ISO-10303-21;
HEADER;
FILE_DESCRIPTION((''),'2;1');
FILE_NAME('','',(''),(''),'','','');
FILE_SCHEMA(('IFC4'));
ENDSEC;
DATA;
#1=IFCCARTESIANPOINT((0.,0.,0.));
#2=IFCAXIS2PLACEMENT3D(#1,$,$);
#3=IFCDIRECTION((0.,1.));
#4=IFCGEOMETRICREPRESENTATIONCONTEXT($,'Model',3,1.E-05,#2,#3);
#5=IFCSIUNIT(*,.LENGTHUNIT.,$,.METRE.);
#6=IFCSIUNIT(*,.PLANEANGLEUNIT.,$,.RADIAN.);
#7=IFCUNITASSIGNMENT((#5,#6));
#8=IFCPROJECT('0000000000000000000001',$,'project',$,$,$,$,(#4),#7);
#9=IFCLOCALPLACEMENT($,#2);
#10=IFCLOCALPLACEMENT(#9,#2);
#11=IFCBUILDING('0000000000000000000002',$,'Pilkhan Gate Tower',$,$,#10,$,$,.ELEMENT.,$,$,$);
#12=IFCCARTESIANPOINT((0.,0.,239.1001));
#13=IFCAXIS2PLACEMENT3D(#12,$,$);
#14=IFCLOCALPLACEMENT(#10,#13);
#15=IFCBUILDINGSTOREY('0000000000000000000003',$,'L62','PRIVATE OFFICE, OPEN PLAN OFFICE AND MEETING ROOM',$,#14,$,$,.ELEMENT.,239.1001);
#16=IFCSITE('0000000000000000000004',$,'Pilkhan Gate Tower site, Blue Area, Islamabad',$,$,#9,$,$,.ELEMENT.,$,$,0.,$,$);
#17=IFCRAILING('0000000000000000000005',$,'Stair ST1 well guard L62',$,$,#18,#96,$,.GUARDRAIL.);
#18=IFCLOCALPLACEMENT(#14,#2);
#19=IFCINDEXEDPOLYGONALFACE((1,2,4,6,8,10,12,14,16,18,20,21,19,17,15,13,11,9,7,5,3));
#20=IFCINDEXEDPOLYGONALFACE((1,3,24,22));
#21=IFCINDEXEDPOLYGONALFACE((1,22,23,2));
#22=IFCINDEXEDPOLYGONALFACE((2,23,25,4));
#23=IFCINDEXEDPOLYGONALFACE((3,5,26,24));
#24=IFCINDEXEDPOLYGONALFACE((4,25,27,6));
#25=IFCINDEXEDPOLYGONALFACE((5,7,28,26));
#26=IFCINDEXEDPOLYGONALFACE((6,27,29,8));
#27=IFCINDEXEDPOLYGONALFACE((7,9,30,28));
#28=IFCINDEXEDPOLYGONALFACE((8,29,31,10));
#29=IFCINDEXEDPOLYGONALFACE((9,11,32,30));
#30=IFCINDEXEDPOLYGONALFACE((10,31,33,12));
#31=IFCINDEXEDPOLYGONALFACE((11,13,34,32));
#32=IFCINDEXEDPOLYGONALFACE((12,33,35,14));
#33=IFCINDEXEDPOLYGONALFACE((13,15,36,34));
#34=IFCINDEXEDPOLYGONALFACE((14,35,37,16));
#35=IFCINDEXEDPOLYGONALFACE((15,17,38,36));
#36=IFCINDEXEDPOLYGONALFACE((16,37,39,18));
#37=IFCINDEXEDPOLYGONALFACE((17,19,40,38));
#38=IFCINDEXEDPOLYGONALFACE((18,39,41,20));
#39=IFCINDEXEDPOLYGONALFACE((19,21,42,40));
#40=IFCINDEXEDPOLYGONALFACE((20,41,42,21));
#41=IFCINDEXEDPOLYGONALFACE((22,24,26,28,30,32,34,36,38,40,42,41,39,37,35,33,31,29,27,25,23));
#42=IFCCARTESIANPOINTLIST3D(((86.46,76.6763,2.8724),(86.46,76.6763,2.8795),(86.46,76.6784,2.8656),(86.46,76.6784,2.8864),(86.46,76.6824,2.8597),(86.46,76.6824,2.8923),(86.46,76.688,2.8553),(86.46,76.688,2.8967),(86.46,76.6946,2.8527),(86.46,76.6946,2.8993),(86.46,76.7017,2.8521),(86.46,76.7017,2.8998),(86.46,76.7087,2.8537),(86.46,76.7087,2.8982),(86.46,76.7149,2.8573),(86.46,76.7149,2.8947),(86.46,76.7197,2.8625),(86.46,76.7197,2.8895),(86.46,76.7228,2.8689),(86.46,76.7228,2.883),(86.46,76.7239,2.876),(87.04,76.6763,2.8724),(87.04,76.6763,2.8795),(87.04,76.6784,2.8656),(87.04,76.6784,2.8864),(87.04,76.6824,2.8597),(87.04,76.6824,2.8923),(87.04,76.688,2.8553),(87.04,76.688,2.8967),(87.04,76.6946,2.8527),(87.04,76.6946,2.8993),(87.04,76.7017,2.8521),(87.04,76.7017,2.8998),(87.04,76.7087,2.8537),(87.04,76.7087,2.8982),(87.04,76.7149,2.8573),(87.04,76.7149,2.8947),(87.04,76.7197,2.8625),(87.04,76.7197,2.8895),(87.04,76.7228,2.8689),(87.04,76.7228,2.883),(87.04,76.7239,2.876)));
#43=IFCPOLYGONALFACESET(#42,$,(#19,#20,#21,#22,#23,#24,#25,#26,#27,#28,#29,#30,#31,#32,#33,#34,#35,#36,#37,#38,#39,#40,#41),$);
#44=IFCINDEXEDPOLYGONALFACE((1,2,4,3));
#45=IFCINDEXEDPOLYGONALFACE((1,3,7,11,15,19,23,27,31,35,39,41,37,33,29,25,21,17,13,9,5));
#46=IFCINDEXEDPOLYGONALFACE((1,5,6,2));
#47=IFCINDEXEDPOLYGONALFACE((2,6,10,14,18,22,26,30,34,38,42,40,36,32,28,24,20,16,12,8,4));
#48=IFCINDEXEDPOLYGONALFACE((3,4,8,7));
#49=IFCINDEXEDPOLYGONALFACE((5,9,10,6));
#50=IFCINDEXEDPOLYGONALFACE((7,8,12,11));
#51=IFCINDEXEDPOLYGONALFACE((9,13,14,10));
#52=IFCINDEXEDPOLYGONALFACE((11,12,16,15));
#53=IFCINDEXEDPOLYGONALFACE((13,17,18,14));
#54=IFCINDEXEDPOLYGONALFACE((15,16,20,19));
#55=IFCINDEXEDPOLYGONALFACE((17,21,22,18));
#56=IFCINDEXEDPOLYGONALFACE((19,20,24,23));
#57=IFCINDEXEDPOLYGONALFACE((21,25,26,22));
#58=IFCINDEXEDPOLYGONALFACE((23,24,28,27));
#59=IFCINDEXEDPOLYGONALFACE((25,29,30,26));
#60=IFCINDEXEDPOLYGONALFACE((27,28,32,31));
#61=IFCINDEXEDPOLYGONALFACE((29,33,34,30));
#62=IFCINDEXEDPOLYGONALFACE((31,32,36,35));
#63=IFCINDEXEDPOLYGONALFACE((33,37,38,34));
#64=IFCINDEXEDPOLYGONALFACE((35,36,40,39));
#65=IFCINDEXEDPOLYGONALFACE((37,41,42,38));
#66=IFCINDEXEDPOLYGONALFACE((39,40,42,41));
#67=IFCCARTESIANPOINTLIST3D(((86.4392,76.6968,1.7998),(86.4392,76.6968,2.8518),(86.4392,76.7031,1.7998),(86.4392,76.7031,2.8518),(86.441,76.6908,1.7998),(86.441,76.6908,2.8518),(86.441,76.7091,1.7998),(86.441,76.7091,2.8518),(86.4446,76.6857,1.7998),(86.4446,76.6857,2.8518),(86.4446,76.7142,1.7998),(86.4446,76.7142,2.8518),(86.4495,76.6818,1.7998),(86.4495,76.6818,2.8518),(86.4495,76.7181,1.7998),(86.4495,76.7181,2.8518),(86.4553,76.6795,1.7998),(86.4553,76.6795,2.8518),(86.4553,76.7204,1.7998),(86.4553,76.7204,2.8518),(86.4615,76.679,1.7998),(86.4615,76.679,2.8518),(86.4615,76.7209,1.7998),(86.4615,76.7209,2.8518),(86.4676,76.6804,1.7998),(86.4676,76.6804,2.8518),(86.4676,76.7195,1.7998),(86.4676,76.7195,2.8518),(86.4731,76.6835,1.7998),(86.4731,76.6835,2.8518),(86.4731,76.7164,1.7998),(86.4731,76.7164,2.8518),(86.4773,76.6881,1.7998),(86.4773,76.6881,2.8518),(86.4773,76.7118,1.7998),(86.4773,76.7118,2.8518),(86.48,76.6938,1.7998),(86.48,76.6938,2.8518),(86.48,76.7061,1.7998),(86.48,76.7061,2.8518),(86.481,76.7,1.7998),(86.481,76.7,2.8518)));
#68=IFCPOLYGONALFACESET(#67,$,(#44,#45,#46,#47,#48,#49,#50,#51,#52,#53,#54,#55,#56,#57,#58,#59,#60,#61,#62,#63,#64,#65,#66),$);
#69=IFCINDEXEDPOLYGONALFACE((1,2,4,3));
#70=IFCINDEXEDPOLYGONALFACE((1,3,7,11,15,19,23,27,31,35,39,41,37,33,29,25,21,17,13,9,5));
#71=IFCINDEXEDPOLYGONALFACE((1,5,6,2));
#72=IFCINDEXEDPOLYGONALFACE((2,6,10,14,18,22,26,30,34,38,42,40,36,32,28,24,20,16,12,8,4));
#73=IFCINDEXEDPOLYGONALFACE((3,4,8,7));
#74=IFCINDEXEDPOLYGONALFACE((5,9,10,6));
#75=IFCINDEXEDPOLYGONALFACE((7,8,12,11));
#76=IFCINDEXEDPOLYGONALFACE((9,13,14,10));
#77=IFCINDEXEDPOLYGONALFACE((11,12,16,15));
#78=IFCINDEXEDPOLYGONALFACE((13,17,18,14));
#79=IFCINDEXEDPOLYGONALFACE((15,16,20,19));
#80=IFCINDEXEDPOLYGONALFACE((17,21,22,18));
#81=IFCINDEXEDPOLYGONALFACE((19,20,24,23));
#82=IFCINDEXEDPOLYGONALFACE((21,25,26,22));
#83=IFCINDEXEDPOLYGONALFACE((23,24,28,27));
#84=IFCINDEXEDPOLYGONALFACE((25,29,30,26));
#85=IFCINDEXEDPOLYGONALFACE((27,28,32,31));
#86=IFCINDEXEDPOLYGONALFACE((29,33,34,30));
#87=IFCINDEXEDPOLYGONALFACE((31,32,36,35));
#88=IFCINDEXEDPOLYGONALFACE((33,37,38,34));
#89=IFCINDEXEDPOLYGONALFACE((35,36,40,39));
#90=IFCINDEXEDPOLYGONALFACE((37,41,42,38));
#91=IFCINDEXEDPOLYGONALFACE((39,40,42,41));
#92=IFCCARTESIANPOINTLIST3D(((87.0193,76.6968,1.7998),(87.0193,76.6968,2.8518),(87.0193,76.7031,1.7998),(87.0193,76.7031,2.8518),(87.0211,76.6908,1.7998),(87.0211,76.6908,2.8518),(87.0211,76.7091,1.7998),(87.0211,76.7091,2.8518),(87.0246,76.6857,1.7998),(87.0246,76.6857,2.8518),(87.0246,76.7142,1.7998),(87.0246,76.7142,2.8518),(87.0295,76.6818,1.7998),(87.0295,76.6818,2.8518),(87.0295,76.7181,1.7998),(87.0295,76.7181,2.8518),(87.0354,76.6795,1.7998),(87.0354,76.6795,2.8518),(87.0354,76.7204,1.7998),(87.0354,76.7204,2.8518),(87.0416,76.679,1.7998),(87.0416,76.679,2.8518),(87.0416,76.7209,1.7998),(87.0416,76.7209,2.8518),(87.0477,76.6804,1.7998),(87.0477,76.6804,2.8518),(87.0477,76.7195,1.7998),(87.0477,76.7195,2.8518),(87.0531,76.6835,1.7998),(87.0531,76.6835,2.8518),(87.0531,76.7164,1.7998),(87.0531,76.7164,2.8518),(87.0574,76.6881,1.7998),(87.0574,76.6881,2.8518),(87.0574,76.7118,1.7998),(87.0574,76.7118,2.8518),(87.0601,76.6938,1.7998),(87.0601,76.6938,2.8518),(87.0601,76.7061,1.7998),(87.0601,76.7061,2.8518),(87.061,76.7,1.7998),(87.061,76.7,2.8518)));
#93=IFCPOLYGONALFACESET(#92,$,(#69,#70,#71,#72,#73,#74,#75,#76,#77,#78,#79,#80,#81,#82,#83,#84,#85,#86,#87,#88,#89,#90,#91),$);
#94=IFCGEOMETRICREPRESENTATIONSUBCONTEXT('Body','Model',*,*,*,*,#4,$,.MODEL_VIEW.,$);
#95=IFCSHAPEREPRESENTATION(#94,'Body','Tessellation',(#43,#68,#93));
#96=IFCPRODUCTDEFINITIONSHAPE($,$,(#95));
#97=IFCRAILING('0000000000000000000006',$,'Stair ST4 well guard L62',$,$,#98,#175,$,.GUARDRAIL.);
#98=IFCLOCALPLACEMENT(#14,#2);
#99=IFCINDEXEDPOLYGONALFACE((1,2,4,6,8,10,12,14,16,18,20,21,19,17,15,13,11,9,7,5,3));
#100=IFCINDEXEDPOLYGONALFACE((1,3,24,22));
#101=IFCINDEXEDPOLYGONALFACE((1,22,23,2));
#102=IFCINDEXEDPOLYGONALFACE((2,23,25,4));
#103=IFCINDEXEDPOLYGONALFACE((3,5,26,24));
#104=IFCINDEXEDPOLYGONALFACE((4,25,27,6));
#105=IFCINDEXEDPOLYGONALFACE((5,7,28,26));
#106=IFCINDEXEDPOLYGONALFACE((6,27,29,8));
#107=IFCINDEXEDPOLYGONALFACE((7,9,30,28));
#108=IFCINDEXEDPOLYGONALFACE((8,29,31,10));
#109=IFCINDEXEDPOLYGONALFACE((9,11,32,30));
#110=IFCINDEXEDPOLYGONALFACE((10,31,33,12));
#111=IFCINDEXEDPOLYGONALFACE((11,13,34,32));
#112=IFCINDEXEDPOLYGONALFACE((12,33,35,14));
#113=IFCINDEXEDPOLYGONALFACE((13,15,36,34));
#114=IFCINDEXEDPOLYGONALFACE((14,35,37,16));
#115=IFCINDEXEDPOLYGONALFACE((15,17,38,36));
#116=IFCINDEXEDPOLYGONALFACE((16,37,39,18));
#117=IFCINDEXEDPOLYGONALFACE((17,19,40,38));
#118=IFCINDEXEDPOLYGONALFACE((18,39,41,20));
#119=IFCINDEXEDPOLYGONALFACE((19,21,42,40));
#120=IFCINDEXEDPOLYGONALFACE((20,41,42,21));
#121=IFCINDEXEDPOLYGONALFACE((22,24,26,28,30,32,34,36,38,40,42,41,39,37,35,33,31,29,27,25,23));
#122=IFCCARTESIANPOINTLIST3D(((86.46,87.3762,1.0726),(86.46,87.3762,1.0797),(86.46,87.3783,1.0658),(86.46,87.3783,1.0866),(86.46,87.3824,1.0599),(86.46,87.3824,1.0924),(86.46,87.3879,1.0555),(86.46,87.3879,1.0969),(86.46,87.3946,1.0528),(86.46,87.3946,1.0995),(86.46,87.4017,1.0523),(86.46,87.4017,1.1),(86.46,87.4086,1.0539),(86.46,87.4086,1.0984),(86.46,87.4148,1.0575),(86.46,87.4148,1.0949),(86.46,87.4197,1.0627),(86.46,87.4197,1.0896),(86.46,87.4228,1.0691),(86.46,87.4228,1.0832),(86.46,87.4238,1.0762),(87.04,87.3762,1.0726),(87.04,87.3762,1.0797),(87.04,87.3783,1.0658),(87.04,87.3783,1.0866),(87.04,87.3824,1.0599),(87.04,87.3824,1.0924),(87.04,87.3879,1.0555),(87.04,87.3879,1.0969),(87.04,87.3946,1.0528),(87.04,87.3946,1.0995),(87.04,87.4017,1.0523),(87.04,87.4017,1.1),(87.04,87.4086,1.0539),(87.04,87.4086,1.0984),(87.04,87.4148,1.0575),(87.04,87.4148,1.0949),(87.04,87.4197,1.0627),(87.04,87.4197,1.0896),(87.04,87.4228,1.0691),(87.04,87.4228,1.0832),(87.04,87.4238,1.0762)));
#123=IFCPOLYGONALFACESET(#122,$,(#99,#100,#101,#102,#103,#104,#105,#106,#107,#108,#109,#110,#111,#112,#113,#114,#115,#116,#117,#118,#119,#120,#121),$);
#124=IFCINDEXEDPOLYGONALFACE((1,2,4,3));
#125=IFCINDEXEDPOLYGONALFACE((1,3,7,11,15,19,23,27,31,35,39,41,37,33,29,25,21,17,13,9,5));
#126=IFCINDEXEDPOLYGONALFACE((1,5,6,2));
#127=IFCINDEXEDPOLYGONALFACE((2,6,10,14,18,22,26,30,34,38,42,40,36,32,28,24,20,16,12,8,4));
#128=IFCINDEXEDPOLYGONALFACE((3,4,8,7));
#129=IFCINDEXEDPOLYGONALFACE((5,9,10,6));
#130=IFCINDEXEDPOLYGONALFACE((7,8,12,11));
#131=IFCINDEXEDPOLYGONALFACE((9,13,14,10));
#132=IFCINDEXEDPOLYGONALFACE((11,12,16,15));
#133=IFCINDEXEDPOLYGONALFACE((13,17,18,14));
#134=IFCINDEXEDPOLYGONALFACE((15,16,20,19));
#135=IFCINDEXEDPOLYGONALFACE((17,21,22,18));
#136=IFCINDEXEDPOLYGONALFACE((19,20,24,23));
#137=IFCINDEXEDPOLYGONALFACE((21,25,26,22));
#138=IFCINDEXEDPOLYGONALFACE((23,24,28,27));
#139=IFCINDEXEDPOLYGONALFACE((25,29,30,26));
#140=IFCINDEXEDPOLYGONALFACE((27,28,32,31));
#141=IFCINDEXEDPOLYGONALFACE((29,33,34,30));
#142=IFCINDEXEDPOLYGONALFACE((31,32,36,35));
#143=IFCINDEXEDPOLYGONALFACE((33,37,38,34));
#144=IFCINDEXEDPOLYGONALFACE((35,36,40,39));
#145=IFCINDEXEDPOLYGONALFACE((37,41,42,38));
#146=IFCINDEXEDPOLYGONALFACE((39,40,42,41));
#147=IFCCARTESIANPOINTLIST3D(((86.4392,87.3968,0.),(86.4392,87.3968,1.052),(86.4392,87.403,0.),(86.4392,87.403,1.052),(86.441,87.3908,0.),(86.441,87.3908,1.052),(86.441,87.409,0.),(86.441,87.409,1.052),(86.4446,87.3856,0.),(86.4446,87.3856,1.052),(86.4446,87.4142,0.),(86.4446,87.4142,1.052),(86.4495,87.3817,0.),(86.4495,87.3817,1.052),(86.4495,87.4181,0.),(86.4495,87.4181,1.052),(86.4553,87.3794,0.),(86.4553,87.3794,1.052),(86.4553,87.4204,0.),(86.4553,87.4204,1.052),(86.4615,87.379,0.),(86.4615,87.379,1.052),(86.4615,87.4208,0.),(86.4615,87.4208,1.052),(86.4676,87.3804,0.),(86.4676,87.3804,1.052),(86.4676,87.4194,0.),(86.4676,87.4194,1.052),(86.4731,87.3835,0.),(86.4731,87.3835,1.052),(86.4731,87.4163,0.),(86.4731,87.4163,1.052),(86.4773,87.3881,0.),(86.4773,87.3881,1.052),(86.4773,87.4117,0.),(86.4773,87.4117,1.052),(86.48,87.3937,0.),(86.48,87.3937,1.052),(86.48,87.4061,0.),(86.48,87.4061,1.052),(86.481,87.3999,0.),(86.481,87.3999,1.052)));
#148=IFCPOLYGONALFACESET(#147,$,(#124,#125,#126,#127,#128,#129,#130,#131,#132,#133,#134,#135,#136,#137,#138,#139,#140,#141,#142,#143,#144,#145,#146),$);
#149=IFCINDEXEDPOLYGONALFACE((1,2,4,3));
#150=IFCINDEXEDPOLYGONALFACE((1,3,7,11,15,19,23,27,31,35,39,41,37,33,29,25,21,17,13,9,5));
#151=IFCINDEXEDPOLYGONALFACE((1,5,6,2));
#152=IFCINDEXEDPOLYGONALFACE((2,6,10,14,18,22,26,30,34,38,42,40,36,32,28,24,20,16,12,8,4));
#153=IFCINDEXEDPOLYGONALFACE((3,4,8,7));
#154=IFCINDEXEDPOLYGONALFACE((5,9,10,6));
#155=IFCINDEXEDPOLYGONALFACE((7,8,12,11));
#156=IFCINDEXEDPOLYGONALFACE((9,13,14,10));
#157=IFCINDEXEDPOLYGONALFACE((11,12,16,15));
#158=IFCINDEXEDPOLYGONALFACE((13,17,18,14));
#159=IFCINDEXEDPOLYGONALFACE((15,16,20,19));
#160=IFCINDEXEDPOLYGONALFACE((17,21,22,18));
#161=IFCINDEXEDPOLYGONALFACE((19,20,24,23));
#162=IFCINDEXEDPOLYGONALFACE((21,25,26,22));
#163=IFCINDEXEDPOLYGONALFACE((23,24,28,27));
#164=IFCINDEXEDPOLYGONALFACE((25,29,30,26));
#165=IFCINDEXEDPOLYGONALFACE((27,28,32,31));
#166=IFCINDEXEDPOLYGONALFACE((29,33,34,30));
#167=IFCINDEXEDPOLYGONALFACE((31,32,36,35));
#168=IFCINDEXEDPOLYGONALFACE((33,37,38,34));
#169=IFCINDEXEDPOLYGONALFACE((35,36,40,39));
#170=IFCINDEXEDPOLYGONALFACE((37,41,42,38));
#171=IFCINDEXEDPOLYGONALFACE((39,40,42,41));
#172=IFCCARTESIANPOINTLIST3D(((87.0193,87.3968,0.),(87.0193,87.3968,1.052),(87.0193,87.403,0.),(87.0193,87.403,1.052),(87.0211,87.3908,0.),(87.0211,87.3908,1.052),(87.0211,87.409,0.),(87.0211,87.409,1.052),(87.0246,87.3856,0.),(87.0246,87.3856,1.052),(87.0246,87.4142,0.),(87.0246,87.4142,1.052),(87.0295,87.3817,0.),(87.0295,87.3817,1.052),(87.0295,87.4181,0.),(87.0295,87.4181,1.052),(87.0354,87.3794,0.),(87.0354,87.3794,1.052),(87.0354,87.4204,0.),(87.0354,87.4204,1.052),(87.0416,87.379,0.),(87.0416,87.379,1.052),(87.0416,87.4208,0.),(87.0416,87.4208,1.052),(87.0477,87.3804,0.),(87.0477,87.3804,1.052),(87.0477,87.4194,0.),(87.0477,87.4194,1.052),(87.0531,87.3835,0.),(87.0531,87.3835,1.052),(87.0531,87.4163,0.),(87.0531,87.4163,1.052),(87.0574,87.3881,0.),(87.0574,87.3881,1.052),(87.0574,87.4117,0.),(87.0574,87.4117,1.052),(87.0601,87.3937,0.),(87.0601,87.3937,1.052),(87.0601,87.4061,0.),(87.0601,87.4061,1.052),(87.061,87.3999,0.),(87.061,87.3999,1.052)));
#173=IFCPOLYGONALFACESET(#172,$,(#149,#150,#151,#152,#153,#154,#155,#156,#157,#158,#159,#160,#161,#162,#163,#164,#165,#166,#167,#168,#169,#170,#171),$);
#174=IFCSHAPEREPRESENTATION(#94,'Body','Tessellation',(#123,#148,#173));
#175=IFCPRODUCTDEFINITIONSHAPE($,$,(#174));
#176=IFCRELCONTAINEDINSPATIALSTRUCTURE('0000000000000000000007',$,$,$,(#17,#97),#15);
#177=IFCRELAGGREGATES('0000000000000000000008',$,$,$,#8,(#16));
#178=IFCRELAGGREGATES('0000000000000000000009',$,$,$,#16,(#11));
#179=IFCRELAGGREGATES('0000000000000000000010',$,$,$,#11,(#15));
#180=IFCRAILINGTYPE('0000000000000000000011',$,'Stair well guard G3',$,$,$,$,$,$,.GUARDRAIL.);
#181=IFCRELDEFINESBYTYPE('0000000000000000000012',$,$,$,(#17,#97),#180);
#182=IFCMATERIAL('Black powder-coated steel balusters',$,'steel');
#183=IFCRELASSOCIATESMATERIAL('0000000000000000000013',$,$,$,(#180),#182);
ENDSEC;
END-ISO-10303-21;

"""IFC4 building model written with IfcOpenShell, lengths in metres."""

from ifc_helpers import new_model, si_unit, direction, frame, origin, origin_2d, place, context, subcontext, project, spatial, circle, extrude, material, type_object, element, save


model = new_model("IFC4")

# Units and contexts
model_context = context("Model", 3, precision=1e-05, world=origin(), true_north=direction((0.0, 1.0)))
body_context = subcontext(model_context, "Body", "Model", "MODEL_VIEW")
ifc_project = project(units=[si_unit("LENGTHUNIT", "METRE"), si_unit("PLANEANGLEUNIT", "RADIAN")], contexts=[model_context])

# Site, building, storey
site_placement = place(None, origin())
site = spatial("IfcSite", under=ifc_project, at=site_placement, Name="Pilkhan Gate Tower site, Blue Area, Islamabad", CompositionType="ELEMENT", RefElevation=0.0)
building_placement = place(site_placement, origin())
building = spatial("IfcBuilding", under=site, at=building_placement, Name="Pilkhan Gate Tower", CompositionType="ELEMENT")
storey_placement = place(building_placement, frame((0.0, 0.0, 239.1001)))
storey = spatial("IfcBuildingStorey", under=building, at=storey_placement, Name="L62", Description="PRIVATE OFFICE, OPEN PLAN OFFICE AND MEETING ROOM", CompositionType="ELEMENT", Elevation=239.1001)

# Railings
ifc_material_1 = material(Name="Black powder-coated steel balusters", Category="steel")
railing_type_1 = type_object("IfcRailingType", Name="Stair well guard G3", PredefinedType="GUARDRAIL", material=ifc_material_1)
for number, where, name in (
    (1, (86.46, 76.7, 1.7998), "Stair ST1 well guard L62"),
    (2, (86.46, 87.3999, 0.0), "Stair ST4 well guard L62"),
):
    element("IfcRailing", number, at=place(storey_placement, frame(where)), inside=storey, type_object=railing_type_1, Name=name, PredefinedType="GUARDRAIL", context=body_context, shape_type="SweptSolid", body=[
        extrude(circle(Radius=0.0239, at=origin_2d()), frame((0.0, 0.0, 1.0762), z_axis=(1.0, 0.0, 0.0), x_axis=(0.0, 1.0, 0.0)), (0.0, 0.0, 1.0), 0.5801),
        extrude(circle(Radius=0.021, at=origin_2d()), origin(), (0.0, 0.0, 1.0), 1.052),
        extrude(circle(Radius=0.021, at=origin_2d()), frame((0.5801, 0.0, 0.0)), (0.0, 0.0, 1.0), 1.052),
    ])

save(model, "model.ifc")
